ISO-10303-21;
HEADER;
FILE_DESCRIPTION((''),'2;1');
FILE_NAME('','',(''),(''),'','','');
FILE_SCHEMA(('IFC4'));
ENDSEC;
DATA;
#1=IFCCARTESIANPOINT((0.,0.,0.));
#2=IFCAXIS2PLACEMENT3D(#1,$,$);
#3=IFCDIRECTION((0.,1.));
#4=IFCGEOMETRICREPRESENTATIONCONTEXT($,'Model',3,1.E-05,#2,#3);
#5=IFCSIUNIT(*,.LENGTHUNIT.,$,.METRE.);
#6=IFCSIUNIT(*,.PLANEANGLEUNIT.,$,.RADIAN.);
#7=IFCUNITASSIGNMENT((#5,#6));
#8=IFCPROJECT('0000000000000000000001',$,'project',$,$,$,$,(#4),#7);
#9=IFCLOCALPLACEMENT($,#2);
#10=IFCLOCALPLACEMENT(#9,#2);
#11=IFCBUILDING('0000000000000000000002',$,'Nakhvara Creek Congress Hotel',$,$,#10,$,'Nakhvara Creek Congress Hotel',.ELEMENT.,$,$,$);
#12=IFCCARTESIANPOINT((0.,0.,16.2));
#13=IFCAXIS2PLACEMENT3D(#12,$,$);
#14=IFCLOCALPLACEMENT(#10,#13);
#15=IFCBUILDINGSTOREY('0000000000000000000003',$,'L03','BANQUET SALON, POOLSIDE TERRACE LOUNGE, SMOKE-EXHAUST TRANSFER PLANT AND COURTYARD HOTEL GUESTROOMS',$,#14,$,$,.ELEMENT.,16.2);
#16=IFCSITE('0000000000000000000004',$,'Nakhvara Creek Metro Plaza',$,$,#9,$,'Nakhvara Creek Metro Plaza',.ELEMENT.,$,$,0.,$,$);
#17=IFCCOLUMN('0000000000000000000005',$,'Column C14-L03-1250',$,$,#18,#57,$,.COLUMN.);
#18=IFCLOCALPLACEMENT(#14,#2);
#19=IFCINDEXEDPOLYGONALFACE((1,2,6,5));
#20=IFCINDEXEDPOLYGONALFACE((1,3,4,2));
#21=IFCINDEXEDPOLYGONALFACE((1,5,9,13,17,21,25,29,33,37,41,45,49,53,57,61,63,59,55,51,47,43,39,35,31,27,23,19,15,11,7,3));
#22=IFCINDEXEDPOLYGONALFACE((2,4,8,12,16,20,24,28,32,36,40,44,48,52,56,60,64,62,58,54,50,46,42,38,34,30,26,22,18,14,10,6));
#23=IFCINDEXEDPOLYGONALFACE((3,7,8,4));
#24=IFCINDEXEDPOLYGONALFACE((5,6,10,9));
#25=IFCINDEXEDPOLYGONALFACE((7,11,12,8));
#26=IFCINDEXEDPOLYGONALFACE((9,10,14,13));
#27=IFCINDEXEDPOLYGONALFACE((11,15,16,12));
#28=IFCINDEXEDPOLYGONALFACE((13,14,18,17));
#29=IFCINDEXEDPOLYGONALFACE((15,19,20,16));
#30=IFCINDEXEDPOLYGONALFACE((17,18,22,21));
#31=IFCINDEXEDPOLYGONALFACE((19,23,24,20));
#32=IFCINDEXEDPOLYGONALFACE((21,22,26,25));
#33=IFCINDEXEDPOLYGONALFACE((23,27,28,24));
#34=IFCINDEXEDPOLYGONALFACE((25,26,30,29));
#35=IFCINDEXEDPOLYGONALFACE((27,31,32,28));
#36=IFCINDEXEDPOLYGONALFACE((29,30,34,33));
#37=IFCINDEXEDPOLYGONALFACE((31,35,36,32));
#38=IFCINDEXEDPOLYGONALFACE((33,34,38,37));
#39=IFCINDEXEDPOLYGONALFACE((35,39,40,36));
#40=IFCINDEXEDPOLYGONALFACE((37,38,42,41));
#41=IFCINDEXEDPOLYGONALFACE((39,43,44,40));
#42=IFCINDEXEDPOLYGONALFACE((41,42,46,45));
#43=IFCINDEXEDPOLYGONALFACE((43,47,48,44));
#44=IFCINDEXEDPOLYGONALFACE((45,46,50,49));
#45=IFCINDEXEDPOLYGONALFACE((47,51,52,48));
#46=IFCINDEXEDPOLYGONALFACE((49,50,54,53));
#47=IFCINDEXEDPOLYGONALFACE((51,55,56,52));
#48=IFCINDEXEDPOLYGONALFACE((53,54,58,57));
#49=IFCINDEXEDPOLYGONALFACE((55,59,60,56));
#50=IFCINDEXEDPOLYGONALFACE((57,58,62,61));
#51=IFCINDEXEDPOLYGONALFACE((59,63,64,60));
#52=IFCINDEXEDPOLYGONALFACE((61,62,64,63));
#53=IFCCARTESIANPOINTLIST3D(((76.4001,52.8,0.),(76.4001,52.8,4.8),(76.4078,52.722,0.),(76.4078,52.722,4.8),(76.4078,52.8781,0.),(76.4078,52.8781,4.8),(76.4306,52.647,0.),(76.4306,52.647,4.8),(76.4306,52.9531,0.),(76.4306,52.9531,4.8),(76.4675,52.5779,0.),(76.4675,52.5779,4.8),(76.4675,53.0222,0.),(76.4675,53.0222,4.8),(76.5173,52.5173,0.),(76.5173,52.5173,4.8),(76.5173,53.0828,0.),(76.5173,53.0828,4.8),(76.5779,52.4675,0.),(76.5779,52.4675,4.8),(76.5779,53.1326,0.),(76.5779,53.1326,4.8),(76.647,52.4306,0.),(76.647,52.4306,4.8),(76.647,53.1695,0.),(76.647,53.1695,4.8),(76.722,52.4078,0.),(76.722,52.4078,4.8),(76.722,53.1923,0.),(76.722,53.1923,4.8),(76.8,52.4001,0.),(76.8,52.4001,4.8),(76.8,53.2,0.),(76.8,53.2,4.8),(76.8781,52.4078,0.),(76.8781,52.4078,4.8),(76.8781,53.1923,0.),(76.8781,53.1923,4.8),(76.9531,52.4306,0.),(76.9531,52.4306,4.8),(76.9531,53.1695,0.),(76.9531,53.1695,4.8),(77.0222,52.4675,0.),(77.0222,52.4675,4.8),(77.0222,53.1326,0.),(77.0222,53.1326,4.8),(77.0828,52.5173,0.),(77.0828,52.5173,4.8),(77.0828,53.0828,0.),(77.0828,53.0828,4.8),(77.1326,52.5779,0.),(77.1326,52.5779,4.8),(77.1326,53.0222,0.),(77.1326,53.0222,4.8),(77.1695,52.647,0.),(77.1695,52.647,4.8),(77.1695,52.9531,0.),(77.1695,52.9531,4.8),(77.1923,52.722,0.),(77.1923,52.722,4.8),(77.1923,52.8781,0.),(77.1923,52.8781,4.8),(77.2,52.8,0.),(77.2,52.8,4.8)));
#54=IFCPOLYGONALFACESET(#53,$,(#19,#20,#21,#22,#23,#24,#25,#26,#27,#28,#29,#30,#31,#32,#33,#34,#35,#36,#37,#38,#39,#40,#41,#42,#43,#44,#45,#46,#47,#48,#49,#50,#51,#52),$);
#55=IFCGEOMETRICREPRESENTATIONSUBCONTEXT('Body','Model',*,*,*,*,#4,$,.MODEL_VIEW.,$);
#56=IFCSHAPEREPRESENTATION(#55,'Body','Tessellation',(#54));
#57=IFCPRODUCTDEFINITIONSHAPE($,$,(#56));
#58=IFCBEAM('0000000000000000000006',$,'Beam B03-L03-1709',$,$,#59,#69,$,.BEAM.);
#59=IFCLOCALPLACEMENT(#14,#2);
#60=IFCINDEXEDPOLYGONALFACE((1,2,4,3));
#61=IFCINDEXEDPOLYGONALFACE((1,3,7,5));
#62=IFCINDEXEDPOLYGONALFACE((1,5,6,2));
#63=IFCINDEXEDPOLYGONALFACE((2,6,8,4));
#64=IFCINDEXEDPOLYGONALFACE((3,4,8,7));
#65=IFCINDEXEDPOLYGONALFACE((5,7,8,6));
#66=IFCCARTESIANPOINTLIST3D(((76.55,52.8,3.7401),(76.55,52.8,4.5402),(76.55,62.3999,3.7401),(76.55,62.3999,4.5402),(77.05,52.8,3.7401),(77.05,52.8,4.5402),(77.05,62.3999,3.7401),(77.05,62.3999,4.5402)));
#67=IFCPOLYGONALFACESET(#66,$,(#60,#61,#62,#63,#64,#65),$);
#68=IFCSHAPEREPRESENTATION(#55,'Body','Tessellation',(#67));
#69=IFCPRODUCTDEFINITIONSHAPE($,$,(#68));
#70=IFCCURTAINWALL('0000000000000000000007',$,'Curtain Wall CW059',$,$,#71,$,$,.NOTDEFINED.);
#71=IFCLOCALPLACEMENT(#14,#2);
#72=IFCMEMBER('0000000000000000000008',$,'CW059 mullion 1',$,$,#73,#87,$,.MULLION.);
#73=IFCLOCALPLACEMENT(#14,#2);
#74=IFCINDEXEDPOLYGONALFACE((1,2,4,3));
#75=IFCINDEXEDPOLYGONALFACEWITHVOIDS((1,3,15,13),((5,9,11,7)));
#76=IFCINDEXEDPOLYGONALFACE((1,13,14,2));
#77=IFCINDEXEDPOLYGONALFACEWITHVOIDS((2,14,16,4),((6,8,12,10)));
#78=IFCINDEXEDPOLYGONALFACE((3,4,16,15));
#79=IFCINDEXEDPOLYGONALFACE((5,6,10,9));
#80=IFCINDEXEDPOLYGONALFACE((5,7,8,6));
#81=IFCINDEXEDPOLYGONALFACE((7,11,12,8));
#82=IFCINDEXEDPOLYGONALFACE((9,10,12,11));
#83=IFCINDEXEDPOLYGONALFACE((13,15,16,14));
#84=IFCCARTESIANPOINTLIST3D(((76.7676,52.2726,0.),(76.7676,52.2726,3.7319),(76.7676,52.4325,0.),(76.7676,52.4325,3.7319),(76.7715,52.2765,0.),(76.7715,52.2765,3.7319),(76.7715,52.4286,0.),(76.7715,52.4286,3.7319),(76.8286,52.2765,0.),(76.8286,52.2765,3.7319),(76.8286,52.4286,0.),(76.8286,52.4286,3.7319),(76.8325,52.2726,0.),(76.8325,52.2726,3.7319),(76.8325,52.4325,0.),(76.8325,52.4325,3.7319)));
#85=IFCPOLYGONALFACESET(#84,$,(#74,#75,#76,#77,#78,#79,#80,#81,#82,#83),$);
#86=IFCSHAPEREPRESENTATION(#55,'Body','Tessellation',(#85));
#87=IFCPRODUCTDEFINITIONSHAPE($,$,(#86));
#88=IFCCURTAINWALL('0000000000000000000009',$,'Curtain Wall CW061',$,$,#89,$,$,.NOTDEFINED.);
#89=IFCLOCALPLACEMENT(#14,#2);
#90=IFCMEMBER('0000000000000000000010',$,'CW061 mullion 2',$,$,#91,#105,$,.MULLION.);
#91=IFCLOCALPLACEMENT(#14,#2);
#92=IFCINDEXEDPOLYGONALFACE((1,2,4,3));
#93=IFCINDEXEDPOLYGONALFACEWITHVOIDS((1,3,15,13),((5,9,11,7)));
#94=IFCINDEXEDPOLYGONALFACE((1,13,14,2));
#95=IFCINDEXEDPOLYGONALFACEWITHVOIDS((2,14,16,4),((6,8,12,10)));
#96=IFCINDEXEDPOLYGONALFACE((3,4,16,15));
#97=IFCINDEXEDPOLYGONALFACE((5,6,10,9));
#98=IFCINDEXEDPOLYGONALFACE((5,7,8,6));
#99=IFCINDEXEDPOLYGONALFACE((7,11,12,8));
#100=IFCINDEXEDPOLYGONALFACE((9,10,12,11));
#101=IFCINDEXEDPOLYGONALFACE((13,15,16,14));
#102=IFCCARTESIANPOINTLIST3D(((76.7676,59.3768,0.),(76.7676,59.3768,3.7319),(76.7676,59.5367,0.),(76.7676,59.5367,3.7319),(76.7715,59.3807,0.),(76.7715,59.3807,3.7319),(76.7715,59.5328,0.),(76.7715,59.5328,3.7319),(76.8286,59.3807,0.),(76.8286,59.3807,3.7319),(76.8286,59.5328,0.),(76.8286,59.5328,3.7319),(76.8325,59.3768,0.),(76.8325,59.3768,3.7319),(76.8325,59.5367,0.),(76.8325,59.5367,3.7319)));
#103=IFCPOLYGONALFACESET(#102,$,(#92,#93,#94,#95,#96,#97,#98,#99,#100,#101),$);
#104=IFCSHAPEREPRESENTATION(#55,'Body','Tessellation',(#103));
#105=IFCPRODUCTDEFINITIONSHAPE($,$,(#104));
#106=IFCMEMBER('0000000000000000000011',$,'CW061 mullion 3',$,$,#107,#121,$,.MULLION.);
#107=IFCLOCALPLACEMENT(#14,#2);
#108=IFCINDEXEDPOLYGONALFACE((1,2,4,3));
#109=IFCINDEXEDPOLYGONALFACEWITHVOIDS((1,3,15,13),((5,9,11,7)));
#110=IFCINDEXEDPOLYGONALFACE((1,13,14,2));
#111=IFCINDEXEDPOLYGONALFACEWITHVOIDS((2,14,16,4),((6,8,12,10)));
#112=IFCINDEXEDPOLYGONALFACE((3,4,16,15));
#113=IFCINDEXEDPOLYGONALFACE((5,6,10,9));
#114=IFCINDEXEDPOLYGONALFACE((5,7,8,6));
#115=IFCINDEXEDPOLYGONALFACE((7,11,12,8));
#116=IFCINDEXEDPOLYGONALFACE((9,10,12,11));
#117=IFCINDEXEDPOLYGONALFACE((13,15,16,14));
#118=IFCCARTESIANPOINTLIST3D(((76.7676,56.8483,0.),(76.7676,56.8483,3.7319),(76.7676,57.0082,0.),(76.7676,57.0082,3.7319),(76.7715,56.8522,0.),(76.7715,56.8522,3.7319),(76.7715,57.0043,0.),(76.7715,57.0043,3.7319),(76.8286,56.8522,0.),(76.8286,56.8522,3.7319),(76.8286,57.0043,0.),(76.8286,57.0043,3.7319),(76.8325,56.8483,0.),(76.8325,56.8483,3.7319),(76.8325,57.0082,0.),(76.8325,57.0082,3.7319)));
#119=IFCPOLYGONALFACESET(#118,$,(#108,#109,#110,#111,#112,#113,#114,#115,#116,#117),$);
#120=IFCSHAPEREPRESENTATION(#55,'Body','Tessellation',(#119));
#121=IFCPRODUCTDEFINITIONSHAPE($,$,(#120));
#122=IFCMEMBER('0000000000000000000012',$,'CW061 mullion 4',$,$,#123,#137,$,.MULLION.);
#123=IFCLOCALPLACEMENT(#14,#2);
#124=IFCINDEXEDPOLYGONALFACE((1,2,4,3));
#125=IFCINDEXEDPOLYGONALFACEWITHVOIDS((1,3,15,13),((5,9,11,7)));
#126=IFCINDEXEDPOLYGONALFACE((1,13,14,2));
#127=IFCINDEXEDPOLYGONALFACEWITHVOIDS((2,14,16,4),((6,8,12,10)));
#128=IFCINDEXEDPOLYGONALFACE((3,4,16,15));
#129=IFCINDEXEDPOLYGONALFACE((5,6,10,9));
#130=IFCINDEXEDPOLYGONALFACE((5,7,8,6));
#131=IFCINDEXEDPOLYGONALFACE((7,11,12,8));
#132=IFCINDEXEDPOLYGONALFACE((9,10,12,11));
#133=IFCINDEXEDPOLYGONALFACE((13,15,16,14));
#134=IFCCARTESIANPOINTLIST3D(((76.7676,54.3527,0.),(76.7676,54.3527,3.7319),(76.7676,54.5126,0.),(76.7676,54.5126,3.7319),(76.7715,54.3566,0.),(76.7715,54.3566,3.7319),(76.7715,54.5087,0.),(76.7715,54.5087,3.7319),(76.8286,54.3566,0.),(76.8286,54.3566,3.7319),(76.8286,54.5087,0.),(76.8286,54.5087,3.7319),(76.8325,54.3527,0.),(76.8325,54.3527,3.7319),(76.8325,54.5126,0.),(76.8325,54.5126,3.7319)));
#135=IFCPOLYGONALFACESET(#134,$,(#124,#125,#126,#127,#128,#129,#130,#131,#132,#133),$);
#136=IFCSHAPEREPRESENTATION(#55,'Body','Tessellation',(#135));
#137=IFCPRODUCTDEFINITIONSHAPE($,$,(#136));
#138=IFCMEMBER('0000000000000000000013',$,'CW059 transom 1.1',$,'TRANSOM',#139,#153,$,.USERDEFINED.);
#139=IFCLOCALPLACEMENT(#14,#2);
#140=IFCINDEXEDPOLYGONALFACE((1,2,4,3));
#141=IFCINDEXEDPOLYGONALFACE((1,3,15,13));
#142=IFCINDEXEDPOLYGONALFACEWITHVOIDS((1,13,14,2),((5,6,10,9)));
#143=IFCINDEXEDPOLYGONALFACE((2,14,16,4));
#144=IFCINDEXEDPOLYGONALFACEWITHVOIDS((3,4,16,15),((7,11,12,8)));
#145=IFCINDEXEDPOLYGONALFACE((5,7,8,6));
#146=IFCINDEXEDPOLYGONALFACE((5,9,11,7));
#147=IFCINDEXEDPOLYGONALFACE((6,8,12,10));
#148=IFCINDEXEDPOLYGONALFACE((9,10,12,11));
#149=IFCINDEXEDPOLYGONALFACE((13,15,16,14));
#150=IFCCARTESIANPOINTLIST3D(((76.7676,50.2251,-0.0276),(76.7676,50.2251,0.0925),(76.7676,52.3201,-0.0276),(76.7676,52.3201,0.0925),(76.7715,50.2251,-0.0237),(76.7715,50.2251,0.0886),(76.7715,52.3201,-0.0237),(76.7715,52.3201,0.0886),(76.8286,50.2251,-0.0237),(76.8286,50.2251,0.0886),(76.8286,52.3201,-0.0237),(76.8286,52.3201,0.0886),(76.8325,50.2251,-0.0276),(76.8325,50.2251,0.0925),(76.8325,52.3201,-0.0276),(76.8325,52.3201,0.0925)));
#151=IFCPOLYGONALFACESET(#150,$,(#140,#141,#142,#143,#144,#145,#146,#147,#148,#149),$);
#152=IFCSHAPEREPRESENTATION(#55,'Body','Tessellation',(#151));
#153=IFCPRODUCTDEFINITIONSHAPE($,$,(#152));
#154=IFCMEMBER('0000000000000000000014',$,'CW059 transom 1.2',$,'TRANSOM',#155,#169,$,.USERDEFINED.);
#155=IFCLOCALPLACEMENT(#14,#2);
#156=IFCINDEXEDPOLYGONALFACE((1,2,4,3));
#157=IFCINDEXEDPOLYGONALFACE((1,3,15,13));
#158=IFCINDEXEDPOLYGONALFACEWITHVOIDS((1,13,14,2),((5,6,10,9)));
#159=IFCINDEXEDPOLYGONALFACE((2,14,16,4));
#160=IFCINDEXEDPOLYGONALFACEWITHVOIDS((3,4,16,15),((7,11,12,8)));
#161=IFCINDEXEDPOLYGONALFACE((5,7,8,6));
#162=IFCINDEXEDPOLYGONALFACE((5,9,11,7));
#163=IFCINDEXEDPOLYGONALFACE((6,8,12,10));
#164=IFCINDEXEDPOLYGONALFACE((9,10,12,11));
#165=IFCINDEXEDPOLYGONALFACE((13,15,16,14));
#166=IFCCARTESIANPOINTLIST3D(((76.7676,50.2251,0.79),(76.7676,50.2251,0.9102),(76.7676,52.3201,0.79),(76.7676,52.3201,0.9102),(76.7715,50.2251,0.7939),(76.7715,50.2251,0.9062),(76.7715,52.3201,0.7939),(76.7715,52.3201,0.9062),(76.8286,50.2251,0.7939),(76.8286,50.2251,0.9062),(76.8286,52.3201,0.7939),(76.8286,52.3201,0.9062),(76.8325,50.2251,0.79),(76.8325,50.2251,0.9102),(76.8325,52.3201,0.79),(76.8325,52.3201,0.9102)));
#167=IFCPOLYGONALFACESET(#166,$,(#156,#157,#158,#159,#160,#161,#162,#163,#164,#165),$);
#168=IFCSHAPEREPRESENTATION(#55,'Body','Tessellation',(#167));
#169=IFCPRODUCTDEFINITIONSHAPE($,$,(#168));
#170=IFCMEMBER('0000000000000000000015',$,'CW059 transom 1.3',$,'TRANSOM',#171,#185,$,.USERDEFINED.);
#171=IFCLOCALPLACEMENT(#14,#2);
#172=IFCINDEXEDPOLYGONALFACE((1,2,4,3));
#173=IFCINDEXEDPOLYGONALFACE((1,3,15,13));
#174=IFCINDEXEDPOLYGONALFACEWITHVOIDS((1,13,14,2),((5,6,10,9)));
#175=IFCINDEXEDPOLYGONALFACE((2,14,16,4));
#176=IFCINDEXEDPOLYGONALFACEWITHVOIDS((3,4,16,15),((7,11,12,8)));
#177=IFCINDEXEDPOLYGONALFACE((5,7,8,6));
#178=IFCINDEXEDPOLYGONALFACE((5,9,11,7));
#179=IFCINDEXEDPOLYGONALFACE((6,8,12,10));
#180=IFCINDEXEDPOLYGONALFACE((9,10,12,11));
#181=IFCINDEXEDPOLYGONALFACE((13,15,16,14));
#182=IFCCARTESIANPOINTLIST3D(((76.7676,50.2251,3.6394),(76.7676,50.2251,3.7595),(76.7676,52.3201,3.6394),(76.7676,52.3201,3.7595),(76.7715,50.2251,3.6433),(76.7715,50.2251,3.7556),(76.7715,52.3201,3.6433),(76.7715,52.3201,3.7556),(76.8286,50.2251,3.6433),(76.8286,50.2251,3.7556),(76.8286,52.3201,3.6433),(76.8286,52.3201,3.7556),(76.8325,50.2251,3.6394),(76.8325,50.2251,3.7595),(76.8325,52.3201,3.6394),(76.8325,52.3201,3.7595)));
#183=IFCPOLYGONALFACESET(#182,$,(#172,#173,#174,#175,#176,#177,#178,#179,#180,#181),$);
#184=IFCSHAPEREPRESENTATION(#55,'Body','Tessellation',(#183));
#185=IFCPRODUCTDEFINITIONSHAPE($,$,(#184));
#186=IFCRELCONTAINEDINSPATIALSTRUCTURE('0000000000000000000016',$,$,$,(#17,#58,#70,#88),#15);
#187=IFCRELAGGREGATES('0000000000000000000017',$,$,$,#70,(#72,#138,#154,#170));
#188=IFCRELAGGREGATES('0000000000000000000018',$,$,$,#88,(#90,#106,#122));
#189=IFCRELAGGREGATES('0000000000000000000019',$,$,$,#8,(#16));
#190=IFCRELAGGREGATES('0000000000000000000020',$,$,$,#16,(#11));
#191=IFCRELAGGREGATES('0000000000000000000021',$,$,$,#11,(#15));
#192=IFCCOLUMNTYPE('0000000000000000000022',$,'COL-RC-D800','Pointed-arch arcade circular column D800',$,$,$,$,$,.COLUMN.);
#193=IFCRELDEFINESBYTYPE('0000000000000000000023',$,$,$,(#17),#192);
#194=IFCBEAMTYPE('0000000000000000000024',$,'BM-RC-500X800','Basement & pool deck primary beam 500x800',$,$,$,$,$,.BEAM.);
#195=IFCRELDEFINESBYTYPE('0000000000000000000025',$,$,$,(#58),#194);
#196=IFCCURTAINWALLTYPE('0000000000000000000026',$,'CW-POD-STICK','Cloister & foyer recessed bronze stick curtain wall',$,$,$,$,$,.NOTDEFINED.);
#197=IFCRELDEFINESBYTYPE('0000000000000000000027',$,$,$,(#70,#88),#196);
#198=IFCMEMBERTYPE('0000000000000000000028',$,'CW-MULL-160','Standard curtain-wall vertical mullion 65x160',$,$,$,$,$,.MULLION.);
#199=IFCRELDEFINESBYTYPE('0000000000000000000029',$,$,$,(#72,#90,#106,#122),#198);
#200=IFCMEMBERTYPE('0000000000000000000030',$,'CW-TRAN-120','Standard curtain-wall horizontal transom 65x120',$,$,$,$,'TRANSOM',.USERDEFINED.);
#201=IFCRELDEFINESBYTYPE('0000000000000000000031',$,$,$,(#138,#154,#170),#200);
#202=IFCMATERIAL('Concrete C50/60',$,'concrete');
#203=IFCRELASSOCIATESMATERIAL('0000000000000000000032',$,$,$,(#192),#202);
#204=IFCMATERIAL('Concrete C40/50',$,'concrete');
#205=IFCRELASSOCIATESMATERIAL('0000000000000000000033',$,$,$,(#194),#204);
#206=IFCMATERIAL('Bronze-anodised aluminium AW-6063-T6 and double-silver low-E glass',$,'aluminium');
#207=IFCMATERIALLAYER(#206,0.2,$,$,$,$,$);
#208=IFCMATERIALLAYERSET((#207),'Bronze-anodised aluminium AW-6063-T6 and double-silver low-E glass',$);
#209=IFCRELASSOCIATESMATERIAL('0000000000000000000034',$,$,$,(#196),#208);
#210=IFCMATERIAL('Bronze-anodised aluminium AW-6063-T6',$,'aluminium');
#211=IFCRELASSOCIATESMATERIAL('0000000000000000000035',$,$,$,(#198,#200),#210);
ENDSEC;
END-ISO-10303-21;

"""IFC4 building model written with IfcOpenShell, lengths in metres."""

from ifc_helpers import new_model, si_unit, direction, frame, origin, origin_2d, place, context, subcontext, project, spatial, rectangle, hollow_rectangle, circle, extrude, material, layer, layer_set, material_profile, profile_set, type_object, element, aggregate, save


model = new_model("IFC4")

# Units and contexts
model_context = context("Model", 3, precision=1e-05, world=origin(), true_north=direction((0.0, 1.0)))
body_context = subcontext(model_context, "Body", "Model", "MODEL_VIEW")
ifc_project = project(units=[si_unit("LENGTHUNIT", "METRE"), si_unit("PLANEANGLEUNIT", "RADIAN")], contexts=[model_context])

# Site, building, storey
site_placement = place(None, origin())
site = spatial("IfcSite", under=ifc_project, at=site_placement, Name="Nakhvara Creek Metro Plaza", LongName="Nakhvara Creek Metro Plaza", CompositionType="ELEMENT", RefElevation=0.0)
building_placement = place(site_placement, origin())
building = spatial("IfcBuilding", under=site, at=building_placement, Name="Nakhvara Creek Congress Hotel", LongName="Nakhvara Creek Congress Hotel", CompositionType="ELEMENT")
storey_placement = place(building_placement, frame((0.0, 0.0, 16.2)))
storey = spatial("IfcBuildingStorey", under=building, at=storey_placement, Name="L03", Description="BANQUET SALON, POOLSIDE TERRACE LOUNGE, SMOKE-EXHAUST TRANSFER PLANT AND COURTYARD HOTEL GUESTROOMS", CompositionType="ELEMENT", Elevation=16.2)

# Column
ifc_material_1 = material(Name="Concrete C50/60", Category="concrete")
ifc_material_profile_1 = material_profile(ifc_material_1, circle(Radius=0.3999, at=origin_2d()), Name="RC-COL D800", Category="LoadBearing")
ifc_profile_set_1 = profile_set([ifc_material_profile_1], Name="Concrete C50/60")
column_type = type_object("IfcColumnType", Name="COL-RC-D800", Description="Pointed-arch arcade circular column D800", PredefinedType="COLUMN", material=ifc_profile_set_1)
column_placement = place(storey_placement, frame((76.8, 52.8, 0.0), z_axis=(0.0, 0.0, 1.0), x_axis=(1.0, 0.0, 0.0)))
element("IfcColumn", 1, at=column_placement, inside=storey, type_object=column_type, Name="Column C14-L03-1250", PredefinedType="COLUMN", context=body_context, shape_type="SweptSolid", body=[
    extrude(circle(Radius=0.3999, at=origin_2d()), origin(), (0.0, 0.0, 1.0), 4.8),
])

# Beam
ifc_material_2 = material(Name="Concrete C40/50", Category="concrete")
ifc_material_profile_2 = material_profile(ifc_material_2, rectangle(XDim=0.5, YDim=0.8, at=origin_2d()), Name="RC-BM 500x800", Category="LoadBearing")
ifc_profile_set_2 = profile_set([ifc_material_profile_2], Name="Concrete C40/50")
beam_type = type_object("IfcBeamType", Name="BM-RC-500X800", Description="Basement & pool deck primary beam 500x800", PredefinedType="BEAM", material=ifc_profile_set_2)
beam_placement = place(storey_placement, frame((76.8, 52.8, 4.1401), z_axis=(0.0, 1.0, 0.0), x_axis=(-1.0, 0.0, 0.0)))
element("IfcBeam", 2, at=beam_placement, inside=storey, type_object=beam_type, Name="Beam B03-L03-1709", PredefinedType="BEAM", context=body_context, shape_type="SweptSolid", body=[
    extrude(rectangle(XDim=0.5, YDim=0.8, at=origin_2d()), origin(), (0.0, 0.0, 1.0), 9.5999),
])

# Curtain wall, member
ifc_material_3 = material(Name="Bronze-anodised aluminium AW-6063-T6 and double-silver low-E glass", Category="aluminium")
ifc_layer = layer(ifc_material_3, 0.2)
ifc_layer_set = layer_set([ifc_layer], Name="Bronze-anodised aluminium AW-6063-T6 and double-silver low-E glass")
curtain_wall_type = type_object("IfcCurtainWallType", Name="CW-POD-STICK", Description="Cloister & foyer recessed bronze stick curtain wall", PredefinedType="NOTDEFINED", material=ifc_layer_set)
curtain_wall_1_placement = place(storey_placement, origin())
curtain_wall_1 = element("IfcCurtainWall", 3, at=curtain_wall_1_placement, inside=storey, type_object=curtain_wall_type, Name="Curtain Wall CW059", PredefinedType="NOTDEFINED")
ifc_material_4 = material(Name="Bronze-anodised aluminium AW-6063-T6", Category="aluminium")
ifc_material_profile_3 = material_profile(ifc_material_4, hollow_rectangle(XDim=0.0649, YDim=0.1599, WallThickness=0.0039, at=origin_2d()), Name="ALU-MULL 65x160x4", Category="LoadBearing")
ifc_profile_set_3 = profile_set([ifc_material_profile_3], Name="Bronze-anodised aluminium AW-6063-T6")
member_type_1 = type_object("IfcMemberType", Name="CW-MULL-160", Description="Standard curtain-wall vertical mullion 65x160", PredefinedType="MULLION", material=ifc_profile_set_3)
member_1_placement = place(storey_placement, frame((76.8, 52.3525, 0.0), z_axis=(0.0, 0.0, 1.0), x_axis=(1.0, 0.0, 0.0)))
member_1 = element("IfcMember", 4, at=member_1_placement, type_object=member_type_1, Name="CW059 mullion 1", PredefinedType="MULLION", context=body_context, shape_type="SweptSolid", body=[
    extrude(hollow_rectangle(XDim=0.0649, YDim=0.1599, WallThickness=0.0039, at=origin_2d()), origin(), (0.0, 0.0, 1.0), 3.7319),
])

# Curtain wall, members
curtain_wall_2_placement = place(storey_placement, origin())
curtain_wall_2 = element("IfcCurtainWall", 5, at=curtain_wall_2_placement, inside=storey, type_object=curtain_wall_type, Name="Curtain Wall CW061", PredefinedType="NOTDEFINED")
member_2_placement = place(storey_placement, frame((76.8, 59.4568, 0.0), z_axis=(0.0, 0.0, 1.0), x_axis=(1.0, 0.0, 0.0)))
member_2 = element("IfcMember", 6, at=member_2_placement, type_object=member_type_1, Name="CW061 mullion 2", PredefinedType="MULLION", context=body_context, shape_type="SweptSolid", body=[
    extrude(hollow_rectangle(XDim=0.0649, YDim=0.1599, WallThickness=0.0039, at=origin_2d()), origin(), (0.0, 0.0, 1.0), 3.7319),
])
member_3_placement = place(storey_placement, frame((76.8, 56.9282, 0.0), z_axis=(0.0, 0.0, 1.0), x_axis=(1.0, 0.0, 0.0)))
member_3 = element("IfcMember", 7, at=member_3_placement, type_object=member_type_1, Name="CW061 mullion 3", PredefinedType="MULLION", context=body_context, shape_type="SweptSolid", body=[
    extrude(hollow_rectangle(XDim=0.0649, YDim=0.1599, WallThickness=0.0039, at=origin_2d()), origin(), (0.0, 0.0, 1.0), 3.7319),
])
member_4_placement = place(storey_placement, frame((76.8, 54.4326, 0.0), z_axis=(0.0, 0.0, 1.0), x_axis=(1.0, 0.0, 0.0)))
member_4 = element("IfcMember", 8, at=member_4_placement, type_object=member_type_1, Name="CW061 mullion 4", PredefinedType="MULLION", context=body_context, shape_type="SweptSolid", body=[
    extrude(hollow_rectangle(XDim=0.0649, YDim=0.1599, WallThickness=0.0039, at=origin_2d()), origin(), (0.0, 0.0, 1.0), 3.7319),
])

# Members
ifc_material_profile_4 = material_profile(ifc_material_4, hollow_rectangle(XDim=0.0649, YDim=0.1201, WallThickness=0.0039, at=origin_2d()), Name="ALU-TRAN 65x120x4", Category="LoadBearing")
ifc_profile_set_4 = profile_set([ifc_material_profile_4], Name="Bronze-anodised aluminium AW-6063-T6")
member_type_2 = type_object("IfcMemberType", Name="CW-TRAN-120", Description="Standard curtain-wall horizontal transom 65x120", ElementType="TRANSOM", PredefinedType="USERDEFINED", material=ifc_profile_set_4)
member_5_placement = place(storey_placement, frame((76.8, 52.3201, 0.0325), z_axis=(0.0, -1.0, 0.0), x_axis=(1.0, 0.0, 0.0)))
member_5 = element("IfcMember", 9, at=member_5_placement, type_object=member_type_2, Name="CW059 transom 1.1", ObjectType="TRANSOM", PredefinedType="USERDEFINED", context=body_context, shape_type="SweptSolid", body=[
    extrude(hollow_rectangle(XDim=0.0649, YDim=0.1201, WallThickness=0.0039, at=origin_2d()), origin(), (0.0, 0.0, 1.0), 2.095),
])
member_6_placement = place(storey_placement, frame((76.8, 52.3201, 0.8501), z_axis=(0.0, -1.0, 0.0), x_axis=(1.0, 0.0, 0.0)))
member_6 = element("IfcMember", 10, at=member_6_placement, type_object=member_type_2, Name="CW059 transom 1.2", ObjectType="TRANSOM", PredefinedType="USERDEFINED", context=body_context, shape_type="SweptSolid", body=[
    extrude(hollow_rectangle(XDim=0.0649, YDim=0.1201, WallThickness=0.0039, at=origin_2d()), origin(), (0.0, 0.0, 1.0), 2.095),
])
member_7_placement = place(storey_placement, frame((76.8, 52.3201, 3.6995), z_axis=(0.0, -1.0, 0.0), x_axis=(1.0, 0.0, 0.0)))
member_7 = element("IfcMember", 11, at=member_7_placement, type_object=member_type_2, Name="CW059 transom 1.3", ObjectType="TRANSOM", PredefinedType="USERDEFINED", context=body_context, shape_type="SweptSolid", body=[
    extrude(hollow_rectangle(XDim=0.0649, YDim=0.1201, WallThickness=0.0039, at=origin_2d()), origin(), (0.0, 0.0, 1.0), 2.095),
])

aggregate(curtain_wall_1, [member_1, member_5, member_6, member_7])
aggregate(curtain_wall_2, [member_2, member_3, member_4])

save(model, "model.ifc")
